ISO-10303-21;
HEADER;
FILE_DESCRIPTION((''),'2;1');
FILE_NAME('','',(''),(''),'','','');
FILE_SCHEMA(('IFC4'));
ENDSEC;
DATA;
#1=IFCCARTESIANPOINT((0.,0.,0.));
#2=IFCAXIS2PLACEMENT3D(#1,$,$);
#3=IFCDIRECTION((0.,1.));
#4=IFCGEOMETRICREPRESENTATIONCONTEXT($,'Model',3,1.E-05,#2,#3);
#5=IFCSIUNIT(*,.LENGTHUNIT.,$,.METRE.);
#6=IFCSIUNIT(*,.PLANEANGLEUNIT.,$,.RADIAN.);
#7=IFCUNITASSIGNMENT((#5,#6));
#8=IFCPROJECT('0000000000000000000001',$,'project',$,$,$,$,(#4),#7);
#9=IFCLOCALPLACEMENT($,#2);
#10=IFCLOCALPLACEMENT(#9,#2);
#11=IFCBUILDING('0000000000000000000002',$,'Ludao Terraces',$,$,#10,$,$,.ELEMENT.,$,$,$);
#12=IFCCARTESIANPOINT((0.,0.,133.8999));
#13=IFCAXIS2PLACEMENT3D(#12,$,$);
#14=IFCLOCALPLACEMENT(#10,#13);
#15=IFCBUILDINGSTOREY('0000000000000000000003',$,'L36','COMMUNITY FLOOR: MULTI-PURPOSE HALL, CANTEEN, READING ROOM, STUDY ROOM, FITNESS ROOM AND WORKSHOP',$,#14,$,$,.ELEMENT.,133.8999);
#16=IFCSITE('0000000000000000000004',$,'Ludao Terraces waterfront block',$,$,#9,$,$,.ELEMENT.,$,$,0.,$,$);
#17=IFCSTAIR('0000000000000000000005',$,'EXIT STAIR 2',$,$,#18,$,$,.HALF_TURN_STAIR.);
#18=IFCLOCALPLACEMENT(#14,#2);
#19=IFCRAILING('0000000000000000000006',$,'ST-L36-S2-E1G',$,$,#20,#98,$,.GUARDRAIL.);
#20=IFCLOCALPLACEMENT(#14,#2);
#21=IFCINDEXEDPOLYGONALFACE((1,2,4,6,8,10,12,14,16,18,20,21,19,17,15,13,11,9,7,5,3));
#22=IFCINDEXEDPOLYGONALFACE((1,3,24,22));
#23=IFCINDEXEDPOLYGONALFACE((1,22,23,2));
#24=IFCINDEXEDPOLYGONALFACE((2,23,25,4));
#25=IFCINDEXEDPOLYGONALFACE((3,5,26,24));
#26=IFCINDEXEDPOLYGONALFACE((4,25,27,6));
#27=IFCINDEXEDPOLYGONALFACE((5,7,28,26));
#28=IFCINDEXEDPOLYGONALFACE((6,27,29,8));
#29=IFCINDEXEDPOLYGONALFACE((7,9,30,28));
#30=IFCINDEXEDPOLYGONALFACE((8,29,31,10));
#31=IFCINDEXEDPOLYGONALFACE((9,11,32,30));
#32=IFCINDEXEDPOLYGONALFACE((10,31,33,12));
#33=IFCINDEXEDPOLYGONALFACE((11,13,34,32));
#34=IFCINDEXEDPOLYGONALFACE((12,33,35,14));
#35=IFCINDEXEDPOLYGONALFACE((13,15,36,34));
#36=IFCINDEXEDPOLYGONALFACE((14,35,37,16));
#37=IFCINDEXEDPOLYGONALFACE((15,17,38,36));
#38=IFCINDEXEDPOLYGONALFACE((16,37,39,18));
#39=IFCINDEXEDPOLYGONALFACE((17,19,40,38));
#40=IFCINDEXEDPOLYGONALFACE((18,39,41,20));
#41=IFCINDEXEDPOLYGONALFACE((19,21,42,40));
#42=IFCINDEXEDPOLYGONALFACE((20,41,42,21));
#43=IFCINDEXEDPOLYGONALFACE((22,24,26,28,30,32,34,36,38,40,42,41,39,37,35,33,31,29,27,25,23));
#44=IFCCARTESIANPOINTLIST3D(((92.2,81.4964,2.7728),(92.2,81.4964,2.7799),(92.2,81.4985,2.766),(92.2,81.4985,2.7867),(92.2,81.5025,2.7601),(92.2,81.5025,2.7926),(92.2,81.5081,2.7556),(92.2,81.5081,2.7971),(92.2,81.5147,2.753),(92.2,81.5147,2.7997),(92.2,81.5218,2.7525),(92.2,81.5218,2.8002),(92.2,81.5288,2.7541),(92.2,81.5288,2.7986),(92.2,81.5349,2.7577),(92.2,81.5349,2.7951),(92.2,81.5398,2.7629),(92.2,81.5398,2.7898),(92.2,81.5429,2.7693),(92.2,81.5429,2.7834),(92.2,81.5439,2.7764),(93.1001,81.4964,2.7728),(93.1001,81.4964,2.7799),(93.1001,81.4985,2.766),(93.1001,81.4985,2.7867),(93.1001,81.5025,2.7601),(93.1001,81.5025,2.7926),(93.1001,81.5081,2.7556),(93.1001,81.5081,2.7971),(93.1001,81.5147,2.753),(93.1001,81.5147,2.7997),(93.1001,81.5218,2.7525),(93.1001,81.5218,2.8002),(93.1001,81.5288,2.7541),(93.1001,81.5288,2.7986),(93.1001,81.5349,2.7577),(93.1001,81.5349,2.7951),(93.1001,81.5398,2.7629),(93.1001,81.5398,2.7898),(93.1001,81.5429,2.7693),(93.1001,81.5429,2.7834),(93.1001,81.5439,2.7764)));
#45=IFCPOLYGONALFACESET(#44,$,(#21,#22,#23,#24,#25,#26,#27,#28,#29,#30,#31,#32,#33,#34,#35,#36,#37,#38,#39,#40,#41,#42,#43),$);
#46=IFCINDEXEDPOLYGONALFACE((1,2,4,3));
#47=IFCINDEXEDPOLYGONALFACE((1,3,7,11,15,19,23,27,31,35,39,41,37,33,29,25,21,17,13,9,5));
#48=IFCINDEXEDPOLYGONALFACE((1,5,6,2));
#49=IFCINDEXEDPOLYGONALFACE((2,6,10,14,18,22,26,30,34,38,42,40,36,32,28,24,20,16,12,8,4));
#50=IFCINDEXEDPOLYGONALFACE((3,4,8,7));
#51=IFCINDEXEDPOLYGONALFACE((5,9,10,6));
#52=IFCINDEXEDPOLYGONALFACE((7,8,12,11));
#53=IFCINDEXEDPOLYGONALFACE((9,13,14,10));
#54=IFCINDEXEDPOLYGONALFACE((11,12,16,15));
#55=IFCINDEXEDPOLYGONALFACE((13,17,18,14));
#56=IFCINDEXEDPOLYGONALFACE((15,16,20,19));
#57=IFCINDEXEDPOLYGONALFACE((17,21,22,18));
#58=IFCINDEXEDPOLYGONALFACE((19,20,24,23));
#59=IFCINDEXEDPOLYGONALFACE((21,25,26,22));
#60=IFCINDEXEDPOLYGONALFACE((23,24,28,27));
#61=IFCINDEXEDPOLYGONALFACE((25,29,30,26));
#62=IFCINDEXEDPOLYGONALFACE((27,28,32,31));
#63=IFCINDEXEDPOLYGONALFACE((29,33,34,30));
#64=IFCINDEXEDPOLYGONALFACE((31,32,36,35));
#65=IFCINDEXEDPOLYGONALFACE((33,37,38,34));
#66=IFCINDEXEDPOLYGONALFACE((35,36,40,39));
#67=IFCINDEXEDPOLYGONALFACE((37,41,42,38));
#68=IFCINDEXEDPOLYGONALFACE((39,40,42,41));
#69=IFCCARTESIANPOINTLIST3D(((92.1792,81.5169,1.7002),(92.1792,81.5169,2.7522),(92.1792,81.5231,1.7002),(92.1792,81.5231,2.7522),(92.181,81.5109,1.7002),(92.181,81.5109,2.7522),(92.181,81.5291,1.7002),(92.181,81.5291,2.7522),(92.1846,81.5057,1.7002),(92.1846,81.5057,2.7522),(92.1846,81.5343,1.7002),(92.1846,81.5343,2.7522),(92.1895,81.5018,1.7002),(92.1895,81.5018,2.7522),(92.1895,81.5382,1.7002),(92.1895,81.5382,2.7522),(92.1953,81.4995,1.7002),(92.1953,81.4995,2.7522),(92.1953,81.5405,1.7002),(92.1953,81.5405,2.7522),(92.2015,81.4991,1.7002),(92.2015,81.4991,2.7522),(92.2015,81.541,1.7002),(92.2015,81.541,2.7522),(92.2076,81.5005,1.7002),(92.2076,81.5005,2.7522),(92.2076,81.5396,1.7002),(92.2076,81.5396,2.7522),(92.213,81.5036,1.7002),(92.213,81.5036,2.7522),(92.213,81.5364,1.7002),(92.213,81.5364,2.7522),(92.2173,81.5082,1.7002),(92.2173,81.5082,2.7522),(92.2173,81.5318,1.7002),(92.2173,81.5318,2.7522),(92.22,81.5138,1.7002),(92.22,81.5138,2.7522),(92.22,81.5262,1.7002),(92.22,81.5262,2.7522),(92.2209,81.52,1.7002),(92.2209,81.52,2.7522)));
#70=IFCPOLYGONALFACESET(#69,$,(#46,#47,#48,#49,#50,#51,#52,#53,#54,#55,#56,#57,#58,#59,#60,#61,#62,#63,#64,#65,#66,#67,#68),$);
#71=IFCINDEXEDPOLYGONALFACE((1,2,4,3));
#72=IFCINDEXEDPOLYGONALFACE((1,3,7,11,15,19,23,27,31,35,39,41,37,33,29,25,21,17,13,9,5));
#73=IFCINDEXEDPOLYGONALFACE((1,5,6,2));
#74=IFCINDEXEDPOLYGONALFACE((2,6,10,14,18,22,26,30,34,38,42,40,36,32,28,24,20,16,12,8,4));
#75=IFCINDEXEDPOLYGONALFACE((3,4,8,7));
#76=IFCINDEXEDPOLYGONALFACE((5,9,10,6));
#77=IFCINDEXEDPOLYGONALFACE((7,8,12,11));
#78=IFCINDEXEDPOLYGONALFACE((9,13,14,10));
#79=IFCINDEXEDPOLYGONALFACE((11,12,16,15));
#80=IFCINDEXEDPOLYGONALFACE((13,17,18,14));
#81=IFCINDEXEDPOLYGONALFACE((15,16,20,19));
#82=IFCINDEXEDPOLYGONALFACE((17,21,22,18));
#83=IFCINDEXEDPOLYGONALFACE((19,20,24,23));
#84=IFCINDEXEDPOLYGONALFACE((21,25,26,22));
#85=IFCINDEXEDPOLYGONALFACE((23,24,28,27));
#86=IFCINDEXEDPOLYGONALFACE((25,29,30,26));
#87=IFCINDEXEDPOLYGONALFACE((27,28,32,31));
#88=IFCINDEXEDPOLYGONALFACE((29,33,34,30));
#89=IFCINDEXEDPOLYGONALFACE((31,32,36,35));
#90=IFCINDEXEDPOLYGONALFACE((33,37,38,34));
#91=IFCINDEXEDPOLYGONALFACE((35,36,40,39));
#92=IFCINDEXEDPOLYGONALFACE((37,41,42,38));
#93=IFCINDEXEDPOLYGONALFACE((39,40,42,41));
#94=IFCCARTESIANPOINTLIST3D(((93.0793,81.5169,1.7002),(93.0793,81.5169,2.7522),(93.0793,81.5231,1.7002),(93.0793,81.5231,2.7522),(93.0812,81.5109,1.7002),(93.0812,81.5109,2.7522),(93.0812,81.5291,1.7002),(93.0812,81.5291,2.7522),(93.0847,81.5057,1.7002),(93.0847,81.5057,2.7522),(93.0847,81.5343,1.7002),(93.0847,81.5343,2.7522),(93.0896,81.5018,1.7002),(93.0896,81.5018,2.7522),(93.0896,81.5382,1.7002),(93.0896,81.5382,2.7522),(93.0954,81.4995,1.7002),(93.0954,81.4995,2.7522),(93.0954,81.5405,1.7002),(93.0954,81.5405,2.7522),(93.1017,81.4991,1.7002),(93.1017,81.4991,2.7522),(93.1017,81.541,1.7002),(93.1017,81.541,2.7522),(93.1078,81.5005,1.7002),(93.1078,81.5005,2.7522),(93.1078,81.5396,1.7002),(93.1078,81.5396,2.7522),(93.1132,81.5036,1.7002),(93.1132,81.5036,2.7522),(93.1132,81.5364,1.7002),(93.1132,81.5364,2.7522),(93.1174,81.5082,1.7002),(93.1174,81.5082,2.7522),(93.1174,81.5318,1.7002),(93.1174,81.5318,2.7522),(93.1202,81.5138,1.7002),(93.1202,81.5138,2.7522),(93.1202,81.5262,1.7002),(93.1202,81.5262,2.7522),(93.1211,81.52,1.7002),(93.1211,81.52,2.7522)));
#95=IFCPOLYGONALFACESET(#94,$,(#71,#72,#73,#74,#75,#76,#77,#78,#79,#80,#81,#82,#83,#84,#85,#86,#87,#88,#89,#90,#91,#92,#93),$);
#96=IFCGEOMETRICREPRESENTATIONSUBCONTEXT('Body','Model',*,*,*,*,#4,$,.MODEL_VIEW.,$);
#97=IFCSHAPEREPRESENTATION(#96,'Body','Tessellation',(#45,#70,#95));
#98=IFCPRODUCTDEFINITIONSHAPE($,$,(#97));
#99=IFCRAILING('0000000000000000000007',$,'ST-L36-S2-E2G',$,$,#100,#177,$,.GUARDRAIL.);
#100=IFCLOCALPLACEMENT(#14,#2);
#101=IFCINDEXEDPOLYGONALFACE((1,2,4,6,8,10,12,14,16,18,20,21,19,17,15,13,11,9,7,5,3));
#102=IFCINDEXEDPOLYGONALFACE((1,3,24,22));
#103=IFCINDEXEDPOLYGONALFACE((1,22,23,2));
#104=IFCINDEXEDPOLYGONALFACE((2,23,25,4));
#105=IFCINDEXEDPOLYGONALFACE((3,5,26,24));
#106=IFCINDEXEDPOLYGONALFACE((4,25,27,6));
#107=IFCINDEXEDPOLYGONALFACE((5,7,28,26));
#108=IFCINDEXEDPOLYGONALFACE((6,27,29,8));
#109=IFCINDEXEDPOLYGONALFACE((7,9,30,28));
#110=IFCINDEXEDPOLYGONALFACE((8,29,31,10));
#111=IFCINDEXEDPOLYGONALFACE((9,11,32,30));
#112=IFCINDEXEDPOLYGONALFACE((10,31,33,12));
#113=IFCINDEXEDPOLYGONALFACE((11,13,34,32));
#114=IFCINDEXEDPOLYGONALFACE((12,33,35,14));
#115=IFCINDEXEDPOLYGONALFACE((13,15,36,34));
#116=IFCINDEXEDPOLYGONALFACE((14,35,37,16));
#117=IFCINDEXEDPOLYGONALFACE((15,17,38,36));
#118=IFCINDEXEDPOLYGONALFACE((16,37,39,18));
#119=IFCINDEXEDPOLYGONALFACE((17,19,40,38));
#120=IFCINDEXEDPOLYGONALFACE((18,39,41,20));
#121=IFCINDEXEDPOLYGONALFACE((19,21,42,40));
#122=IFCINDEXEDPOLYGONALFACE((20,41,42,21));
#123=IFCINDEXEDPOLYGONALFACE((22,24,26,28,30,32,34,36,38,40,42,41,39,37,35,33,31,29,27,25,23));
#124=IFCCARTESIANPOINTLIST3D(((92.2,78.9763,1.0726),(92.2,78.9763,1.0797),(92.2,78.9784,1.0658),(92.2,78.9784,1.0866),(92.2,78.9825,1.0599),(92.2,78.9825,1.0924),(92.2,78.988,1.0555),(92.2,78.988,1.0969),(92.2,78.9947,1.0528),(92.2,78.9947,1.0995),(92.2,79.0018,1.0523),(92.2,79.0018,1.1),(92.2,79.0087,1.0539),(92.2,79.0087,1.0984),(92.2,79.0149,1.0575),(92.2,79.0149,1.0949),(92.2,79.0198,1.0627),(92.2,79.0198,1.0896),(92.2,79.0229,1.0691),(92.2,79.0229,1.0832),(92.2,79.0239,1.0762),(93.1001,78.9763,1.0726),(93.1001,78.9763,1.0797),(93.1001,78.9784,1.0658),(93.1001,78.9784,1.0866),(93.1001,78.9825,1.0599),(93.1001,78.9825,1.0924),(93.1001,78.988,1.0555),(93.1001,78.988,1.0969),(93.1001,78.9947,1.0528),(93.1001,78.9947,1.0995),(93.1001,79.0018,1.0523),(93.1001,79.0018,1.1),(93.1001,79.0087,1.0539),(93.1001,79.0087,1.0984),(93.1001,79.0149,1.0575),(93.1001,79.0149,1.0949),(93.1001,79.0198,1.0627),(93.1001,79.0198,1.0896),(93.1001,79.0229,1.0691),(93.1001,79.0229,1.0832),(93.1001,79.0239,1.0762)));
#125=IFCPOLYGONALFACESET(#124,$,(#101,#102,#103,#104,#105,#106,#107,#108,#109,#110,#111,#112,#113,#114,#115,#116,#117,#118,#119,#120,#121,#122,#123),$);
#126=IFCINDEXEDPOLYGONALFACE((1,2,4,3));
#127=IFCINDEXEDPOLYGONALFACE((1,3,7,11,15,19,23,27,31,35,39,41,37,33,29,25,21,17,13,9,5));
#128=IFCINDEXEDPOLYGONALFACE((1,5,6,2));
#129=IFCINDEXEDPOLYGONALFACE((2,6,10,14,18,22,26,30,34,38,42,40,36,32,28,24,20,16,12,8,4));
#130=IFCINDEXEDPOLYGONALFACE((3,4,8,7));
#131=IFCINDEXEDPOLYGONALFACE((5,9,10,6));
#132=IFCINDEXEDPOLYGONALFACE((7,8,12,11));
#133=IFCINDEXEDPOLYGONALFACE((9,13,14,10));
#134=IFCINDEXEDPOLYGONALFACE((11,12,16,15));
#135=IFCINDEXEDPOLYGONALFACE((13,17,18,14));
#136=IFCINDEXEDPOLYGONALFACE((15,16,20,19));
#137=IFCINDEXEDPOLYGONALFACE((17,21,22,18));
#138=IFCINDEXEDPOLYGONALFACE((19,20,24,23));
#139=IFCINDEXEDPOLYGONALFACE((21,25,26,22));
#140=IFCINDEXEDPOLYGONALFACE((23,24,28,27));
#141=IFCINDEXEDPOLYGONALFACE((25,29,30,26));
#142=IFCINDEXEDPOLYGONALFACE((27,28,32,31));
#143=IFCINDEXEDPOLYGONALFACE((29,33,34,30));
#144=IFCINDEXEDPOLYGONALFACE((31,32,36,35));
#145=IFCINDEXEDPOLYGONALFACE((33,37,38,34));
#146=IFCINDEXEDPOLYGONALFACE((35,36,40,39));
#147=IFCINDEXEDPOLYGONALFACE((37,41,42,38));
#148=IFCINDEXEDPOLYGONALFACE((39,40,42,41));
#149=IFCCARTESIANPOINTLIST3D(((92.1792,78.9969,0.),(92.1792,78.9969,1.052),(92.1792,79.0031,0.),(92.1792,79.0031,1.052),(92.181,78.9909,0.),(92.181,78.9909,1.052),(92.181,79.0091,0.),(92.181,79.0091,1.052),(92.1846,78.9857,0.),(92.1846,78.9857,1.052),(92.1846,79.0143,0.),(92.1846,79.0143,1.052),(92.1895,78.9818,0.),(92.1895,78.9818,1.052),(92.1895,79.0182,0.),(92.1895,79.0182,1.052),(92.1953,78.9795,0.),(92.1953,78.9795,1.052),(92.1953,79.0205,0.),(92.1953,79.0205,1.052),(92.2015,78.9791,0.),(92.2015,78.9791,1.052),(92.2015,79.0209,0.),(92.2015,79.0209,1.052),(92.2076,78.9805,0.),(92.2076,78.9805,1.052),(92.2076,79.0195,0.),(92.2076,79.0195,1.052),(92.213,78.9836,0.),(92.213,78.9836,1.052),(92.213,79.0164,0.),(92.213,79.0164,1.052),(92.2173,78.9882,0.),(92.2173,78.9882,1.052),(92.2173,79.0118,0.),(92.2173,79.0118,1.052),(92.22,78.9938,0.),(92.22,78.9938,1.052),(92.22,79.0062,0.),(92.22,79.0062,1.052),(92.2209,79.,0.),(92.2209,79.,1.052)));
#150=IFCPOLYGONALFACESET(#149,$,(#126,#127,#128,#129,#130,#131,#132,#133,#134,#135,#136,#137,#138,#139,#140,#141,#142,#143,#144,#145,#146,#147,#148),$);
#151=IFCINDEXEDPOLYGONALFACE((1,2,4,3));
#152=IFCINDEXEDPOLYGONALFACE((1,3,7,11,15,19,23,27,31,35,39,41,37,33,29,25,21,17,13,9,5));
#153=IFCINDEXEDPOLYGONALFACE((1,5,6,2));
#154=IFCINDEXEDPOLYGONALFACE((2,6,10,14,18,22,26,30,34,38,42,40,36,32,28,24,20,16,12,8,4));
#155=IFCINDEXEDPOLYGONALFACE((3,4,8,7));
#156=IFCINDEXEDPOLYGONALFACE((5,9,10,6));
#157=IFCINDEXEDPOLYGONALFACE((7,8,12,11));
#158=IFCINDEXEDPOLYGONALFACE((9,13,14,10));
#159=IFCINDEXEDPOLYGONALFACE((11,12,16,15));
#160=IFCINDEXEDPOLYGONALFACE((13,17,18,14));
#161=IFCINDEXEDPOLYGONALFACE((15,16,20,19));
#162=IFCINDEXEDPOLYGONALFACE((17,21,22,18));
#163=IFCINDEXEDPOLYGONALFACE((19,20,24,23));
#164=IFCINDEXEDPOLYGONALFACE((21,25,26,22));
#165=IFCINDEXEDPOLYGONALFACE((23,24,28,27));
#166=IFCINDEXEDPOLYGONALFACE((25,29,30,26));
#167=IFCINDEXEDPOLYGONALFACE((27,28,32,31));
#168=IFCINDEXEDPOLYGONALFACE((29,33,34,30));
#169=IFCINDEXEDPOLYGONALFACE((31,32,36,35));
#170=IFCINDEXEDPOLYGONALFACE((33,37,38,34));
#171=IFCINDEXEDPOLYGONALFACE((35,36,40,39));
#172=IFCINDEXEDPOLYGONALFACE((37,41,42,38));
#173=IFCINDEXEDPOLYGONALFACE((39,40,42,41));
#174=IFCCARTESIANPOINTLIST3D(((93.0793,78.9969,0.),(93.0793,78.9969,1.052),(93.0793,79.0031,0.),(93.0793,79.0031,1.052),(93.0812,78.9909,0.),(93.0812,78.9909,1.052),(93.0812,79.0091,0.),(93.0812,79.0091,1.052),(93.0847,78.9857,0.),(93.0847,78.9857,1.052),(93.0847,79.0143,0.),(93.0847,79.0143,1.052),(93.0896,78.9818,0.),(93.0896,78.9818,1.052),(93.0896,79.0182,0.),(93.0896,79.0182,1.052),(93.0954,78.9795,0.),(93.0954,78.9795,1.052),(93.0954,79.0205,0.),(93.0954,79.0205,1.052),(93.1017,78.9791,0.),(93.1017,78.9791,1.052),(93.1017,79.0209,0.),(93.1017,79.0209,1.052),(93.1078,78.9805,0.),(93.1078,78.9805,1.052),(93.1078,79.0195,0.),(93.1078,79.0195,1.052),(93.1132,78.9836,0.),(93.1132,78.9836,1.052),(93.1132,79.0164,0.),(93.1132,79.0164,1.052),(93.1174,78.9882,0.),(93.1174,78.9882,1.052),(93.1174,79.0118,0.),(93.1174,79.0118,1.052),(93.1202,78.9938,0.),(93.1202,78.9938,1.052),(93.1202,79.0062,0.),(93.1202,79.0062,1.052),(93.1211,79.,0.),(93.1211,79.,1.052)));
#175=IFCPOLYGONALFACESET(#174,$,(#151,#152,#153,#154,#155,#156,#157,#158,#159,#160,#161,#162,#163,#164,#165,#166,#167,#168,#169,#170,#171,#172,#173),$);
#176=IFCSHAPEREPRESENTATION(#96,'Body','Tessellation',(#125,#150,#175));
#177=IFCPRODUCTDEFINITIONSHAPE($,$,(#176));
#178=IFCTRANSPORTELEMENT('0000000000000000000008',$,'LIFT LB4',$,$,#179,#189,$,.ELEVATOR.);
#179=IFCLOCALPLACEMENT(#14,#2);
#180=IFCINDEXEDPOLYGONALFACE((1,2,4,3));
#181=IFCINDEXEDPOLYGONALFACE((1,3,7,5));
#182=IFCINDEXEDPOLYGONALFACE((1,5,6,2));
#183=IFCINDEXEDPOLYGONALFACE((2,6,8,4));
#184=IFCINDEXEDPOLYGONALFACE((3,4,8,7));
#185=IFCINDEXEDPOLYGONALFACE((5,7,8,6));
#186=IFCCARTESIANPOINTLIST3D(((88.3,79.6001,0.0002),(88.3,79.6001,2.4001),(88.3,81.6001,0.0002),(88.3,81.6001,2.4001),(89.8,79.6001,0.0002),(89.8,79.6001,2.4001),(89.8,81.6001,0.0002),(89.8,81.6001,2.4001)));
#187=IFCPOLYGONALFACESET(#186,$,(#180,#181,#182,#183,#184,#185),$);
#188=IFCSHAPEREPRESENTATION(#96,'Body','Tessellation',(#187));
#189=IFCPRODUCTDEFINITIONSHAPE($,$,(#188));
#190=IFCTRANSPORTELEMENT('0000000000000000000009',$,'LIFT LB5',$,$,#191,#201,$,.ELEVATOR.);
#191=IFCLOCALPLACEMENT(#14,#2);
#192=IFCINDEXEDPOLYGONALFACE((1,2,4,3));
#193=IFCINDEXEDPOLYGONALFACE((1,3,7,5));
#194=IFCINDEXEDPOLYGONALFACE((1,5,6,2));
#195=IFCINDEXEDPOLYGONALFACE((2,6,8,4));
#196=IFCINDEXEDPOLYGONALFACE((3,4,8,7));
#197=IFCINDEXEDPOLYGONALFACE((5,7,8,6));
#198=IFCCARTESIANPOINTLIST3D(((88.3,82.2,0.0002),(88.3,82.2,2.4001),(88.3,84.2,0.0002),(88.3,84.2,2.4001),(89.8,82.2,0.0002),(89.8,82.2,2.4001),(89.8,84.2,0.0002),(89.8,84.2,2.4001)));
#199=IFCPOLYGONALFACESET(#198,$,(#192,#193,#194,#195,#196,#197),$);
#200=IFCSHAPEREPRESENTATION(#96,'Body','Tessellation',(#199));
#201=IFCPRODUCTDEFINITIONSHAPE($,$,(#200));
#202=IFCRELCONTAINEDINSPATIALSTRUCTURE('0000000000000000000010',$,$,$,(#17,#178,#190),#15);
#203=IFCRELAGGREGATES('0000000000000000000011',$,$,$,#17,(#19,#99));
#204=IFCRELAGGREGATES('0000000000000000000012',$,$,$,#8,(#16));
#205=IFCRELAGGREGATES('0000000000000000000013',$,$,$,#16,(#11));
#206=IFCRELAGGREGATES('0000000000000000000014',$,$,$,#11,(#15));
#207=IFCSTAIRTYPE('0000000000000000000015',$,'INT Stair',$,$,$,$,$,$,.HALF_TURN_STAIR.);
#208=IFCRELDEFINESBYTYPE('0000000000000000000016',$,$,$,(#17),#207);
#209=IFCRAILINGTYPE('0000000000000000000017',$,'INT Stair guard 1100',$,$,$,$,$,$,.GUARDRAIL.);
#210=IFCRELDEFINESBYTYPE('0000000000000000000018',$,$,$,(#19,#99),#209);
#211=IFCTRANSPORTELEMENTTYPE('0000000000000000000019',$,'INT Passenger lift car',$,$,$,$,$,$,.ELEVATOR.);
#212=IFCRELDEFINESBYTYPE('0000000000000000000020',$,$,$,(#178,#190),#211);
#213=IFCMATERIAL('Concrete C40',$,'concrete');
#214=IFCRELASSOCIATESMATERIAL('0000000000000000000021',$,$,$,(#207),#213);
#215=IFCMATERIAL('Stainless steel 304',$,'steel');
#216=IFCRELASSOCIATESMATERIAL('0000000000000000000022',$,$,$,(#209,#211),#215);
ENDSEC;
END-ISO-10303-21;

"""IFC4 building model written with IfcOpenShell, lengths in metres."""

from ifc_helpers import new_model, si_unit, direction, frame, origin, origin_2d, place, context, subcontext, project, spatial, rectangle, circle, extrude, material, type_object, element, aggregate, save


model = new_model("IFC4")

# Units and contexts
model_context = context("Model", 3, precision=1e-05, world=origin(), true_north=direction((0.0, 1.0)))
body_context = subcontext(model_context, "Body", "Model", "MODEL_VIEW")
ifc_project = project(units=[si_unit("LENGTHUNIT", "METRE"), si_unit("PLANEANGLEUNIT", "RADIAN")], contexts=[model_context])

# Site, building, storey
site_placement = place(None, origin())
site = spatial("IfcSite", under=ifc_project, at=site_placement, Name="Ludao Terraces waterfront block", CompositionType="ELEMENT", RefElevation=0.0)
building_placement = place(site_placement, origin())
building = spatial("IfcBuilding", under=site, at=building_placement, Name="Ludao Terraces", CompositionType="ELEMENT")
storey_placement = place(building_placement, frame((0.0, 0.0, 133.8999)))
storey = spatial("IfcBuildingStorey", under=building, at=storey_placement, Name="L36", Description="COMMUNITY FLOOR: MULTI-PURPOSE HALL, CANTEEN, READING ROOM, STUDY ROOM, FITNESS ROOM AND WORKSHOP", CompositionType="ELEMENT", Elevation=133.8999)

# Shared definitions
ifc_material_1 = material(Name="Stainless steel 304", Category="steel")

# Stair, railings
ifc_material_2 = material(Name="Concrete C40", Category="concrete")
stair_type = type_object("IfcStairType", Name="INT Stair", PredefinedType="HALF_TURN_STAIR", material=ifc_material_2)
stair_placement = place(storey_placement, origin())
stair = element("IfcStair", 1, at=stair_placement, inside=storey, type_object=stair_type, Name="EXIT STAIR 2", PredefinedType="HALF_TURN_STAIR")
railing_type = type_object("IfcRailingType", Name="INT Stair guard 1100", PredefinedType="GUARDRAIL", material=ifc_material_1)
railing_1_placement = place(storey_placement, frame((92.2, 81.52, 1.7002)))
railing_1 = element("IfcRailing", 2, at=railing_1_placement, type_object=railing_type, Name="ST-L36-S2-E1G", PredefinedType="GUARDRAIL", context=body_context, shape_type="SweptSolid", body=[
    extrude(circle(Radius=0.0239, at=origin_2d()), frame((0.0, 0.0, 1.0762), z_axis=(1.0, 0.0, 0.0), x_axis=(0.0, 1.0, 0.0)), (0.0, 0.0, 1.0), 0.9001),
    extrude(circle(Radius=0.021, at=origin_2d()), origin(), (0.0, 0.0, 1.0), 1.052),
    extrude(circle(Radius=0.021, at=origin_2d()), frame((0.9001, 0.0, 0.0)), (0.0, 0.0, 1.0), 1.052),
])
railing_2_placement = place(storey_placement, frame((92.2, 79.0, 0.0)))
railing_2 = element("IfcRailing", 3, at=railing_2_placement, type_object=railing_type, Name="ST-L36-S2-E2G", PredefinedType="GUARDRAIL", context=body_context, shape_type="SweptSolid", body=[
    extrude(circle(Radius=0.0239, at=origin_2d()), frame((0.0, 0.0, 1.0762), z_axis=(1.0, 0.0, 0.0), x_axis=(0.0, 1.0, 0.0)), (0.0, 0.0, 1.0), 0.9001),
    extrude(circle(Radius=0.021, at=origin_2d()), origin(), (0.0, 0.0, 1.0), 1.052),
    extrude(circle(Radius=0.021, at=origin_2d()), frame((0.9001, 0.0, 0.0)), (0.0, 0.0, 1.0), 1.052),
])
aggregate(stair, [railing_1, railing_2])

# Transport elements
transport_element_type = type_object("IfcTransportElementType", Name="INT Passenger lift car", PredefinedType="ELEVATOR", material=ifc_material_1)
for number, where, z_axis, x_axis, name in (
    (4, (89.05, 80.6001, 0.0002), (0.0, 0.0, 1.0), (1.0, 0.0, 0.0), "LIFT LB4"),
    (5, (89.05, 83.2, 0.0002), (0.0, 0.0, 1.0), (1.0, 0.0, 0.0), "LIFT LB5"),
):
    element("IfcTransportElement", number, at=place(storey_placement, frame(where, z_axis=z_axis, x_axis=x_axis)), inside=storey, type_object=transport_element_type, Name=name, PredefinedType="ELEVATOR", context=body_context, shape_type="SweptSolid", body=[
        extrude(rectangle(XDim=1.5, YDim=2.0, at=origin_2d()), origin(), (0.0, 0.0, 1.0), 2.3999),
    ])

save(model, "model.ifc")
